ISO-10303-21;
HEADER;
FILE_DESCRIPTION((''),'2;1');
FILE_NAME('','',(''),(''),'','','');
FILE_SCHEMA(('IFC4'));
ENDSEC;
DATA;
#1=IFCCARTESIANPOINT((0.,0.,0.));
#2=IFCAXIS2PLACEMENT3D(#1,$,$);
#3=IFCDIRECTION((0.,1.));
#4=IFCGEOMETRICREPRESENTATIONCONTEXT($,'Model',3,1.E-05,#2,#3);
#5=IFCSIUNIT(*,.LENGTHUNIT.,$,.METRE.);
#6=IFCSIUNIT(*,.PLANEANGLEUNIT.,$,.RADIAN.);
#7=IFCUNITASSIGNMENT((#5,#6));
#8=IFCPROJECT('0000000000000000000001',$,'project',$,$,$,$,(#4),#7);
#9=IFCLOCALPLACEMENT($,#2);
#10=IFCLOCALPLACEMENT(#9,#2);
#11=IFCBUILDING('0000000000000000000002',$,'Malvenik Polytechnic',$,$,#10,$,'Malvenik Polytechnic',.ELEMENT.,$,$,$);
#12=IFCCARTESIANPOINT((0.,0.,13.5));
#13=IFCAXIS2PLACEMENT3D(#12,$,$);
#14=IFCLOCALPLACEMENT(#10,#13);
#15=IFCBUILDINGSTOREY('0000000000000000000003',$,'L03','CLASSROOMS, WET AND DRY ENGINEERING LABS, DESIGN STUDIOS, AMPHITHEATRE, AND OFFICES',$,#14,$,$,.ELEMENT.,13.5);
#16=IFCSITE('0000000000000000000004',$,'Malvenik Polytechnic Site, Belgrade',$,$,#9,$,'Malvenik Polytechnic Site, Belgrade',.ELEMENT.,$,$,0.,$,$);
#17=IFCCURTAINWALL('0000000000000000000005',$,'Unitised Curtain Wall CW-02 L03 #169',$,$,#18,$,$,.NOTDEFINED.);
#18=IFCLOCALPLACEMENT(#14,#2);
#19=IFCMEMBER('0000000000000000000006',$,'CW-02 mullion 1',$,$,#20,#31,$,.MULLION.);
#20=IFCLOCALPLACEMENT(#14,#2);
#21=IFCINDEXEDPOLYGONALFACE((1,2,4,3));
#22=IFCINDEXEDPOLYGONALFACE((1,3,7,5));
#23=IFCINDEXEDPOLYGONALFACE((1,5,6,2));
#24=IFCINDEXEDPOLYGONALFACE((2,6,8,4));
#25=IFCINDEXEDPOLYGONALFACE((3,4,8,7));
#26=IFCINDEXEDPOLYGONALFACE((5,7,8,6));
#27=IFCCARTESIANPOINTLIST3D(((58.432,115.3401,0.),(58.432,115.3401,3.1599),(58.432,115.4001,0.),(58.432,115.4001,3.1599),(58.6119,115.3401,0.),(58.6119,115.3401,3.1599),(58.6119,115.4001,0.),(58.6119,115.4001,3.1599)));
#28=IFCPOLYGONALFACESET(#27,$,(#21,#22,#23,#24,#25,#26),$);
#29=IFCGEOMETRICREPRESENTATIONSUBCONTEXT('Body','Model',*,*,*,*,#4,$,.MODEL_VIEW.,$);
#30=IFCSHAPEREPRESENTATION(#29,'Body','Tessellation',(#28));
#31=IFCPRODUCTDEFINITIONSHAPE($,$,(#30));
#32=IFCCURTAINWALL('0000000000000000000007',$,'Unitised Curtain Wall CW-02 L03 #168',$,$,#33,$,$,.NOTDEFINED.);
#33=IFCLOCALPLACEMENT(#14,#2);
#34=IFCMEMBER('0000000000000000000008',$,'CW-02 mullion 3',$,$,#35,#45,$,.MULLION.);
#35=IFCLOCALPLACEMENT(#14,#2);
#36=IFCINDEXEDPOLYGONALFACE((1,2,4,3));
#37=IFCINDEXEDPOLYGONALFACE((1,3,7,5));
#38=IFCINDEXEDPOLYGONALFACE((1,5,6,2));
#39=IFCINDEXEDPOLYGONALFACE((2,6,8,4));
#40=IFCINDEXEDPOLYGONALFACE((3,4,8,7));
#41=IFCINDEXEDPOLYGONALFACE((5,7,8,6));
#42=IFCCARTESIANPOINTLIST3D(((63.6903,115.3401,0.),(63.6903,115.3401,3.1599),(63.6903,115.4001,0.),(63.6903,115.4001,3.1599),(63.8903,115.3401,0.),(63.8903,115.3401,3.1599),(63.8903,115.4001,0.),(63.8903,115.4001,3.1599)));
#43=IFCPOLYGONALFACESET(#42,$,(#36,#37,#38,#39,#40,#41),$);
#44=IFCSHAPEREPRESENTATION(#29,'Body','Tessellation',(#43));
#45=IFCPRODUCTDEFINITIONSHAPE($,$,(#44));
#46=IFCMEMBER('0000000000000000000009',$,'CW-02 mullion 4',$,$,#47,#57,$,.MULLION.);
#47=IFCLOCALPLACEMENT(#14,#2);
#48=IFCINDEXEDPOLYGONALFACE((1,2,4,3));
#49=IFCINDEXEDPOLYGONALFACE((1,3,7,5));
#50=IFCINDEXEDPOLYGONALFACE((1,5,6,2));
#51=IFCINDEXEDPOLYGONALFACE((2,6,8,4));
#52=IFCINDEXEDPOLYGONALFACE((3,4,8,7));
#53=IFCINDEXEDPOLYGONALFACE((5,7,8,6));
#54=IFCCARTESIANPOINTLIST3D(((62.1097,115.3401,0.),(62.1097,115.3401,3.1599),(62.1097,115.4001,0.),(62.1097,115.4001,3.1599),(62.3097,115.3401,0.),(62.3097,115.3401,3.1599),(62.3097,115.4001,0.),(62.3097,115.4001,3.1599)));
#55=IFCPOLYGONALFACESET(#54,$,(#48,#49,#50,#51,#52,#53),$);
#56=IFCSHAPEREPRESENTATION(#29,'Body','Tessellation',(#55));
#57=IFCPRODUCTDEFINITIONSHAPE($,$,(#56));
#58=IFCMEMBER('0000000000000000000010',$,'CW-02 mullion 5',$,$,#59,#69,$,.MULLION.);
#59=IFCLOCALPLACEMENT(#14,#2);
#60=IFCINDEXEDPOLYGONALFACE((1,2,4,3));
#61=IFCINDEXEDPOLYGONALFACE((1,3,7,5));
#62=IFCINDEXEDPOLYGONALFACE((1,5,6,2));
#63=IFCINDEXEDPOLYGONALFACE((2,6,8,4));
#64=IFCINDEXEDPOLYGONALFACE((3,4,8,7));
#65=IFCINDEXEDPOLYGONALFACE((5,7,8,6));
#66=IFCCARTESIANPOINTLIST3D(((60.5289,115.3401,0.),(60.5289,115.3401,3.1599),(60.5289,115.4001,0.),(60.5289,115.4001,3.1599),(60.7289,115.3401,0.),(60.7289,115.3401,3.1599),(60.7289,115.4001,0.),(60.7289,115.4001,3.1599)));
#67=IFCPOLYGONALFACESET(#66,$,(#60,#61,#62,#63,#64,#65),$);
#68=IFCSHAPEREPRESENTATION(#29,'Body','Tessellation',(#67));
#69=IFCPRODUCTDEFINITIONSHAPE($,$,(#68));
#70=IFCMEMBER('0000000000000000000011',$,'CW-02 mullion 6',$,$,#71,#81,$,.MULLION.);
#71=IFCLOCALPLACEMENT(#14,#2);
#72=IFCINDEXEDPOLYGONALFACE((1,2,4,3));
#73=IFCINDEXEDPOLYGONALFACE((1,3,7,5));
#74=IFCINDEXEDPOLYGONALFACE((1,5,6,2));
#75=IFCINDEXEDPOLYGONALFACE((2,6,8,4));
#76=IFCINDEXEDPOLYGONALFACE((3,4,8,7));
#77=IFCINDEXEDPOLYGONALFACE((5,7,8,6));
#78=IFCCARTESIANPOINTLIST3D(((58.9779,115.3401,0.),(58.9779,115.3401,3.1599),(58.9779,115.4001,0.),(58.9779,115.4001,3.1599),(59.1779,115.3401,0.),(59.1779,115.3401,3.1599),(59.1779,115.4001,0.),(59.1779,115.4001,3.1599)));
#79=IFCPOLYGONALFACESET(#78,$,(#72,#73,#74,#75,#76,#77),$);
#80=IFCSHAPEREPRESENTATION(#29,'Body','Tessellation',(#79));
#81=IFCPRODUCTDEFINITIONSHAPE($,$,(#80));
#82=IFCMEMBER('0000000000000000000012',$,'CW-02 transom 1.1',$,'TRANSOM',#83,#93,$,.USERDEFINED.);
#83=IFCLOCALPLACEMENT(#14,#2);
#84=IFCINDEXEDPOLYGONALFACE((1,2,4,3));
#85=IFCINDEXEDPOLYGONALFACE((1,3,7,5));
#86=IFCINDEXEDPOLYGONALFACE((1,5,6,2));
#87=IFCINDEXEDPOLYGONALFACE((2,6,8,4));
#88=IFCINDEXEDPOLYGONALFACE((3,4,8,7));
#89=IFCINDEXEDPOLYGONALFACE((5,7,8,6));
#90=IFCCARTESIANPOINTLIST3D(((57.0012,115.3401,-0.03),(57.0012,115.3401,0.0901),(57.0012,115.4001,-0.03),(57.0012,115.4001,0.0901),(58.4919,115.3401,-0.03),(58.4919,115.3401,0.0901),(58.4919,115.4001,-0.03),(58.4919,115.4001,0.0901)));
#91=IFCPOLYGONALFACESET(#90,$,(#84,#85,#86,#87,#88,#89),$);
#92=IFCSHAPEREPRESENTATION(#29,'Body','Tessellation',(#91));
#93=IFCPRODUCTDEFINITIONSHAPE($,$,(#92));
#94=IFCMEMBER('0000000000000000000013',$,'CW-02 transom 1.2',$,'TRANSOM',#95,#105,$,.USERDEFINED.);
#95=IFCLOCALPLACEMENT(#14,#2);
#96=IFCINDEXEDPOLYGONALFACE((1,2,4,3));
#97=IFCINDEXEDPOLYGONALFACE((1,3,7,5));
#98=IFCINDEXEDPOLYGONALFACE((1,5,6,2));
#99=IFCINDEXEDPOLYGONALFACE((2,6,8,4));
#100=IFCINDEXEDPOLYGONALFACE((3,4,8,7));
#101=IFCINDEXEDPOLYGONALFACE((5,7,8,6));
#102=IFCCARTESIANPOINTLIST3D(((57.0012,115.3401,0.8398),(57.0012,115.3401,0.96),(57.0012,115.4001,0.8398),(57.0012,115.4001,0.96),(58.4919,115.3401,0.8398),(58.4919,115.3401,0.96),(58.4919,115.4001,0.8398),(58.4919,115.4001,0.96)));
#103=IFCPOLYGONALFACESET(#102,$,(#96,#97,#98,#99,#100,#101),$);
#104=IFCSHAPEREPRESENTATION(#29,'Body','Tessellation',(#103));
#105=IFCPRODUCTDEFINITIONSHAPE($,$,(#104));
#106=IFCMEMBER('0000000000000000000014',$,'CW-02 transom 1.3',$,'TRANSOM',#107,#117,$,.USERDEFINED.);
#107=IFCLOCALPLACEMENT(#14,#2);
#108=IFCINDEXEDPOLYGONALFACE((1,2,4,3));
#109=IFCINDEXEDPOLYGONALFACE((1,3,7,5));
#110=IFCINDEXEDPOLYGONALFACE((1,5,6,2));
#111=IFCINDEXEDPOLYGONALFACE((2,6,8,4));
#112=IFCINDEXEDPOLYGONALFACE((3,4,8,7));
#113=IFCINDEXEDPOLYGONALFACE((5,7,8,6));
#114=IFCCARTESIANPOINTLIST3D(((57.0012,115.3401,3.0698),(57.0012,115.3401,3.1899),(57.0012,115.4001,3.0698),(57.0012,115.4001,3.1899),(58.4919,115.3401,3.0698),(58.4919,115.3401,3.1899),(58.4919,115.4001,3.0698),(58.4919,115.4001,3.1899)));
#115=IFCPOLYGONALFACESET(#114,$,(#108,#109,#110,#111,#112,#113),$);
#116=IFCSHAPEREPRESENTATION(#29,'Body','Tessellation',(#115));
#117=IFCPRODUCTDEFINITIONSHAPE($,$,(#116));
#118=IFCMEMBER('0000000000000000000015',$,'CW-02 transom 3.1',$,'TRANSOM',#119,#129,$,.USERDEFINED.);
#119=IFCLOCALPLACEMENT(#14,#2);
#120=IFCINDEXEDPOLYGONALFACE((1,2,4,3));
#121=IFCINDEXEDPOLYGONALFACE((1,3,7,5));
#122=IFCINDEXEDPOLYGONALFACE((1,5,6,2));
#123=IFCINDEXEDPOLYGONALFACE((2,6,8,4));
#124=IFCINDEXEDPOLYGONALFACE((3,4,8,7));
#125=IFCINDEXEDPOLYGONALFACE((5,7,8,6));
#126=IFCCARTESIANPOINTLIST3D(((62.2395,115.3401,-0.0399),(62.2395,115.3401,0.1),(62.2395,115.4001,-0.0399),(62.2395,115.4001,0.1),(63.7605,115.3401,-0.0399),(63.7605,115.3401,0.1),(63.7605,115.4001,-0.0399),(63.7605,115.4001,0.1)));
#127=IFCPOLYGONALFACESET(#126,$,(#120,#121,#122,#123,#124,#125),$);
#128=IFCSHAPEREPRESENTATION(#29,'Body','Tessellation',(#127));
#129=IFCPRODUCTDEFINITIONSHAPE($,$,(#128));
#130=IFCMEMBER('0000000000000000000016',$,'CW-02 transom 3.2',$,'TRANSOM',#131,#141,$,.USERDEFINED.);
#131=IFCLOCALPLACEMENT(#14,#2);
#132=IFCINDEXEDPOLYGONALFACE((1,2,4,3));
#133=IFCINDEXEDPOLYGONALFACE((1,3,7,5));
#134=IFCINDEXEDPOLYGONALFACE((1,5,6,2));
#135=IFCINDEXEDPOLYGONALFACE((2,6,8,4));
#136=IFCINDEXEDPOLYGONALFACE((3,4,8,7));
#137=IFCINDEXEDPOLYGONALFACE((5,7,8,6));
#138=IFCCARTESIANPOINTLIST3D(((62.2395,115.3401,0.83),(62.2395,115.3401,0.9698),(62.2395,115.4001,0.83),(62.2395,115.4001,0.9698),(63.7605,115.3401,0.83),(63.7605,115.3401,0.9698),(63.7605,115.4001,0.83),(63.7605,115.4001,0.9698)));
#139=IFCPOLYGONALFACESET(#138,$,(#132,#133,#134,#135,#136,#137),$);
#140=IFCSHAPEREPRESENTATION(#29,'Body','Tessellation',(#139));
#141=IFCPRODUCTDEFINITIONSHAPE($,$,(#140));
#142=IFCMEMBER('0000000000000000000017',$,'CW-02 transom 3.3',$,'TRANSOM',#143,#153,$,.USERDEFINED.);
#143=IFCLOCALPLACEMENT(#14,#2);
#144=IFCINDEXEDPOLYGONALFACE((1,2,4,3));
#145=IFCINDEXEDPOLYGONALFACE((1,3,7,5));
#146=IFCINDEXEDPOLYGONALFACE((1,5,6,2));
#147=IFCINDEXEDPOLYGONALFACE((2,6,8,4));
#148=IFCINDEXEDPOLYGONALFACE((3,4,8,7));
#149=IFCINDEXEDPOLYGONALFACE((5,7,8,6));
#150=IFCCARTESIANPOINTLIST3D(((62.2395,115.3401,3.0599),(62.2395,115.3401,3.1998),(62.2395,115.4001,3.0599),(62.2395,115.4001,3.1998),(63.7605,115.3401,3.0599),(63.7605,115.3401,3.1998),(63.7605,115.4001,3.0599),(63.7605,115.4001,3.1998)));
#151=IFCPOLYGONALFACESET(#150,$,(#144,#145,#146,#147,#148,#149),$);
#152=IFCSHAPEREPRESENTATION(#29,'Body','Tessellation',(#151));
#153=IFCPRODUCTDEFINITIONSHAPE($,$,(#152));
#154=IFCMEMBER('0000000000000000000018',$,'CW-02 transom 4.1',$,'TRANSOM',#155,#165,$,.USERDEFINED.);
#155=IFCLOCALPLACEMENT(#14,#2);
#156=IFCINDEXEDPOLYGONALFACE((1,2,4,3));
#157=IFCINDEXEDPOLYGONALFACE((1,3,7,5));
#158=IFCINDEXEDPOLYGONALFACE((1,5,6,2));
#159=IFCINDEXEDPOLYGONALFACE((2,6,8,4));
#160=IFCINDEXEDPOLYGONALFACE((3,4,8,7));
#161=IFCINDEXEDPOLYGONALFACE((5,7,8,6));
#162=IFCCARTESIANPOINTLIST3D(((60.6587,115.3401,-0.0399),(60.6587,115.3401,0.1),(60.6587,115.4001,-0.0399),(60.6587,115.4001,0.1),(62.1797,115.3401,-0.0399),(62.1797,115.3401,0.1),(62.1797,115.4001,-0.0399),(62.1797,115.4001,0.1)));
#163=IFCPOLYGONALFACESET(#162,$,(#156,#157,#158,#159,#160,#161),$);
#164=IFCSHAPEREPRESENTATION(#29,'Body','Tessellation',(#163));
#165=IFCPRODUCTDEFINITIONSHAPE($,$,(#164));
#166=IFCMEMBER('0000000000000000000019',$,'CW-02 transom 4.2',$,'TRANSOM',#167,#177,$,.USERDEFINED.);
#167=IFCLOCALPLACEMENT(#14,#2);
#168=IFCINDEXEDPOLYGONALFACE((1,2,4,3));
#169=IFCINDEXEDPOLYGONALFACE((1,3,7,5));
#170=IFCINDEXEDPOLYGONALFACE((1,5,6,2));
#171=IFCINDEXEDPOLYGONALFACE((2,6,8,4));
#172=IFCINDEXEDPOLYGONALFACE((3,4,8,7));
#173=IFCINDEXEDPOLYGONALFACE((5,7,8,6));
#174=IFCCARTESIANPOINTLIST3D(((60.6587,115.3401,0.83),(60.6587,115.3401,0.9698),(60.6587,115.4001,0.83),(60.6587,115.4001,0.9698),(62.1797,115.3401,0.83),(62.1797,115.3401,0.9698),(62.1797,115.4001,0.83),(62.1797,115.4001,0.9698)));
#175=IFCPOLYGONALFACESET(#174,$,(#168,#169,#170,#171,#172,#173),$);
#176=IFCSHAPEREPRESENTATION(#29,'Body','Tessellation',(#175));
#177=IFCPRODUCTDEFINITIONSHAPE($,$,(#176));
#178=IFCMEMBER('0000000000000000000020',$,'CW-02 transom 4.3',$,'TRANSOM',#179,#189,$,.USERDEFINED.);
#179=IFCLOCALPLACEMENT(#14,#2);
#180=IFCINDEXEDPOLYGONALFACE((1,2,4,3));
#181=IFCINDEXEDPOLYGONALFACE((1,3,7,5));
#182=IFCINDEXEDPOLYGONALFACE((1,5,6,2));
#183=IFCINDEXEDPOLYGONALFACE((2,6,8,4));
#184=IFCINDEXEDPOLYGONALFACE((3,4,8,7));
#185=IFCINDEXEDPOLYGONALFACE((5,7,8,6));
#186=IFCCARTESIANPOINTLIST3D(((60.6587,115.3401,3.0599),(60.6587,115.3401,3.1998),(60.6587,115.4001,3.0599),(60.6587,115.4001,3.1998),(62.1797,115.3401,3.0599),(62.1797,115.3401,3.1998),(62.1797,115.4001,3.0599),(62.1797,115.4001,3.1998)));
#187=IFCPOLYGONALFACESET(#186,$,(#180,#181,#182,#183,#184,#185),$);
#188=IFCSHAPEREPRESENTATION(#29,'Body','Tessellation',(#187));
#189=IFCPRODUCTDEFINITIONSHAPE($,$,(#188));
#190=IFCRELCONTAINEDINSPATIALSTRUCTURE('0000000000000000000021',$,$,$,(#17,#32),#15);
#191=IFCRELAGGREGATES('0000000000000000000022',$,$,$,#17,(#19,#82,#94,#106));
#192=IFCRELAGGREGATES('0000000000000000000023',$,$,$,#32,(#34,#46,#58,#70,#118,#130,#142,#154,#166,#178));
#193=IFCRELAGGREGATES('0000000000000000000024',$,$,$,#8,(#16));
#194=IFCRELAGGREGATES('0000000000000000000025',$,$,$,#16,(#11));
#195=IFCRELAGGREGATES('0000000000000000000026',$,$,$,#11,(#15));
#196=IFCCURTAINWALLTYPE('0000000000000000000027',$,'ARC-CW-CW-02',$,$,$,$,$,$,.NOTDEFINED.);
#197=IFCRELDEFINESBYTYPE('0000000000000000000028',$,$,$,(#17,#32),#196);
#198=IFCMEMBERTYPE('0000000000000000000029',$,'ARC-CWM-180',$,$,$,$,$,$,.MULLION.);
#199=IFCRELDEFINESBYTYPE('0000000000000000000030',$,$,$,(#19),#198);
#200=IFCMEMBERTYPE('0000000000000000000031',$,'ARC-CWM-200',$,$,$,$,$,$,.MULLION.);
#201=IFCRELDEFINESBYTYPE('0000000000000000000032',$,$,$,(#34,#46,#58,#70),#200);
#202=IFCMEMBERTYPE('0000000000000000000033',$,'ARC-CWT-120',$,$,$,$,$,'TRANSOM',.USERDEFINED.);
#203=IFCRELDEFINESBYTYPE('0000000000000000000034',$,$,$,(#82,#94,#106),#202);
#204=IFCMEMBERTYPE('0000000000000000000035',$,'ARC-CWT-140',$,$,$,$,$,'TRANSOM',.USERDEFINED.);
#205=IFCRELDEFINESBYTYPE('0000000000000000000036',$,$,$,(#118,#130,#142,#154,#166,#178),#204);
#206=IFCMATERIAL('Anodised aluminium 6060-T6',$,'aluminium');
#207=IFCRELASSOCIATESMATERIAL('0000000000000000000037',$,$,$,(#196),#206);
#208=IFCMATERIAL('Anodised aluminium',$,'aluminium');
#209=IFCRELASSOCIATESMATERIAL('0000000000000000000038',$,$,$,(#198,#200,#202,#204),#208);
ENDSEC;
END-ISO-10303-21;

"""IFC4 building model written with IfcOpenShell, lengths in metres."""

from ifc_helpers import new_model, si_unit, direction, frame, origin, origin_2d, place, context, subcontext, project, spatial, rectangle, extrude, material, material_profile, profile_set, type_object, element, aggregate, save


model = new_model("IFC4")

# Units and contexts
model_context = context("Model", 3, precision=1e-05, world=origin(), true_north=direction((0.0, 1.0)))
body_context = subcontext(model_context, "Body", "Model", "MODEL_VIEW")
ifc_project = project(units=[si_unit("LENGTHUNIT", "METRE"), si_unit("PLANEANGLEUNIT", "RADIAN")], contexts=[model_context])

# Site, building, storey
site_placement = place(None, origin())
site = spatial("IfcSite", under=ifc_project, at=site_placement, Name="Malvenik Polytechnic Site, Belgrade", LongName="Malvenik Polytechnic Site, Belgrade", CompositionType="ELEMENT", RefElevation=0.0)
building_placement = place(site_placement, origin())
building = spatial("IfcBuilding", under=site, at=building_placement, Name="Malvenik Polytechnic", LongName="Malvenik Polytechnic", CompositionType="ELEMENT")
storey_placement = place(building_placement, frame((0.0, 0.0, 13.5)))
storey = spatial("IfcBuildingStorey", under=building, at=storey_placement, Name="L03", Description="CLASSROOMS, WET AND DRY ENGINEERING LABS, DESIGN STUDIOS, AMPHITHEATRE, AND OFFICES", CompositionType="ELEMENT", Elevation=13.5)

# Curtain wall, member
ifc_material_1 = material(Name="Anodised aluminium 6060-T6", Category="aluminium")
curtain_wall_type = type_object("IfcCurtainWallType", Name="ARC-CW-CW-02", PredefinedType="NOTDEFINED", material=ifc_material_1)
curtain_wall_1_placement = place(storey_placement, origin())
curtain_wall_1 = element("IfcCurtainWall", 1, at=curtain_wall_1_placement, inside=storey, type_object=curtain_wall_type, Name="Unitised Curtain Wall CW-02 L03 #169", PredefinedType="NOTDEFINED")
ifc_material_2 = material(Name="Anodised aluminium", Category="aluminium")
ifc_material_profile_1 = material_profile(ifc_material_2, rectangle(XDim=0.0601, YDim=0.1799, at=origin_2d()), Name="ALU MULLION 60x180")
ifc_profile_set_1 = profile_set([ifc_material_profile_1], Name="Anodised aluminium")
member_type_1 = type_object("IfcMemberType", Name="ARC-CWM-180", PredefinedType="MULLION", material=ifc_profile_set_1)
member_1_placement = place(storey_placement, frame((58.522, 115.3701, 0.0), z_axis=(0.0, 0.0, 1.0), x_axis=(0.0, -1.0, 0.0)))
member_1 = element("IfcMember", 2, at=member_1_placement, type_object=member_type_1, Name="CW-02 mullion 1", PredefinedType="MULLION", context=body_context, shape_type="SweptSolid", body=[
    extrude(rectangle(XDim=0.0601, YDim=0.1799, at=origin_2d()), origin(), (0.0, 0.0, 1.0), 3.1599),
])

# Curtain wall, members
curtain_wall_2_placement = place(storey_placement, origin())
curtain_wall_2 = element("IfcCurtainWall", 3, at=curtain_wall_2_placement, inside=storey, type_object=curtain_wall_type, Name="Unitised Curtain Wall CW-02 L03 #168", PredefinedType="NOTDEFINED")
ifc_material_profile_2 = material_profile(ifc_material_2, rectangle(XDim=0.0601, YDim=0.2, at=origin_2d()), Name="ALU MULLION 60x200")
ifc_profile_set_2 = profile_set([ifc_material_profile_2], Name="Anodised aluminium")
member_type_2 = type_object("IfcMemberType", Name="ARC-CWM-200", PredefinedType="MULLION", material=ifc_profile_set_2)
member_2_placement = place(storey_placement, frame((63.7903, 115.3701, 0.0), z_axis=(0.0, 0.0, 1.0), x_axis=(0.0, -1.0, 0.0)))
member_2 = element("IfcMember", 4, at=member_2_placement, type_object=member_type_2, Name="CW-02 mullion 3", PredefinedType="MULLION", context=body_context, shape_type="SweptSolid", body=[
    extrude(rectangle(XDim=0.0601, YDim=0.2, at=origin_2d()), origin(), (0.0, 0.0, 1.0), 3.1599),
])
member_3_placement = place(storey_placement, frame((62.2097, 115.3701, 0.0), z_axis=(0.0, 0.0, 1.0), x_axis=(0.0, -1.0, 0.0)))
member_3 = element("IfcMember", 5, at=member_3_placement, type_object=member_type_2, Name="CW-02 mullion 4", PredefinedType="MULLION", context=body_context, shape_type="SweptSolid", body=[
    extrude(rectangle(XDim=0.0601, YDim=0.2, at=origin_2d()), origin(), (0.0, 0.0, 1.0), 3.1599),
])
member_4_placement = place(storey_placement, frame((60.6289, 115.3701, 0.0), z_axis=(0.0, 0.0, 1.0), x_axis=(0.0, -1.0, 0.0)))
member_4 = element("IfcMember", 6, at=member_4_placement, type_object=member_type_2, Name="CW-02 mullion 5", PredefinedType="MULLION", context=body_context, shape_type="SweptSolid", body=[
    extrude(rectangle(XDim=0.0601, YDim=0.2, at=origin_2d()), origin(), (0.0, 0.0, 1.0), 3.1599),
])
member_5_placement = place(storey_placement, frame((59.0779, 115.3701, 0.0), z_axis=(0.0, 0.0, 1.0), x_axis=(0.0, -1.0, 0.0)))
member_5 = element("IfcMember", 7, at=member_5_placement, type_object=member_type_2, Name="CW-02 mullion 6", PredefinedType="MULLION", context=body_context, shape_type="SweptSolid", body=[
    extrude(rectangle(XDim=0.0601, YDim=0.2, at=origin_2d()), origin(), (0.0, 0.0, 1.0), 3.1599),
])

# Members
ifc_material_profile_3 = material_profile(ifc_material_2, rectangle(XDim=0.0601, YDim=0.1201, at=origin_2d()), Name="ALU TRANSOM 60x120")
ifc_profile_set_3 = profile_set([ifc_material_profile_3], Name="Anodised aluminium")
member_type_3 = type_object("IfcMemberType", Name="ARC-CWT-120", ElementType="TRANSOM", PredefinedType="USERDEFINED", material=ifc_profile_set_3)
member_6_placement = place(storey_placement, frame((58.4919, 115.3701, 0.03), z_axis=(-1.0, 0.0, 0.0), x_axis=(0.0, -1.0, 0.0)))
member_6 = element("IfcMember", 8, at=member_6_placement, type_object=member_type_3, Name="CW-02 transom 1.1", ObjectType="TRANSOM", PredefinedType="USERDEFINED", context=body_context, shape_type="SweptSolid", body=[
    extrude(rectangle(XDim=0.0601, YDim=0.1201, at=origin_2d()), origin(), (0.0, 0.0, 1.0), 1.4907),
])
member_7_placement = place(storey_placement, frame((58.4919, 115.3701, 0.8999), z_axis=(-1.0, 0.0, 0.0), x_axis=(0.0, -1.0, 0.0)))
member_7 = element("IfcMember", 9, at=member_7_placement, type_object=member_type_3, Name="CW-02 transom 1.2", ObjectType="TRANSOM", PredefinedType="USERDEFINED", context=body_context, shape_type="SweptSolid", body=[
    extrude(rectangle(XDim=0.0601, YDim=0.1201, at=origin_2d()), origin(), (0.0, 0.0, 1.0), 1.4907),
])
member_8_placement = place(storey_placement, frame((58.4919, 115.3701, 3.1299), z_axis=(-1.0, 0.0, 0.0), x_axis=(0.0, -1.0, 0.0)))
member_8 = element("IfcMember", 10, at=member_8_placement, type_object=member_type_3, Name="CW-02 transom 1.3", ObjectType="TRANSOM", PredefinedType="USERDEFINED", context=body_context, shape_type="SweptSolid", body=[
    extrude(rectangle(XDim=0.0601, YDim=0.1201, at=origin_2d()), origin(), (0.0, 0.0, 1.0), 1.4907),
])
ifc_material_profile_4 = material_profile(ifc_material_2, rectangle(XDim=0.0601, YDim=0.1399, at=origin_2d()), Name="ALU TRANSOM 60x140")
ifc_profile_set_4 = profile_set([ifc_material_profile_4], Name="Anodised aluminium")
member_type_4 = type_object("IfcMemberType", Name="ARC-CWT-140", ElementType="TRANSOM", PredefinedType="USERDEFINED", material=ifc_profile_set_4)
member_9_placement = place(storey_placement, frame((63.7605, 115.3701, 0.03), z_axis=(-1.0, 0.0, 0.0), x_axis=(0.0, -1.0, 0.0)))
member_9 = element("IfcMember", 11, at=member_9_placement, type_object=member_type_4, Name="CW-02 transom 3.1", ObjectType="TRANSOM", PredefinedType="USERDEFINED", context=body_context, shape_type="SweptSolid", body=[
    extrude(rectangle(XDim=0.0601, YDim=0.1399, at=origin_2d()), origin(), (0.0, 0.0, 1.0), 1.521),
])
member_10_placement = place(storey_placement, frame((63.7605, 115.3701, 0.8999), z_axis=(-1.0, 0.0, 0.0), x_axis=(0.0, -1.0, 0.0)))
member_10 = element("IfcMember", 12, at=member_10_placement, type_object=member_type_4, Name="CW-02 transom 3.2", ObjectType="TRANSOM", PredefinedType="USERDEFINED", context=body_context, shape_type="SweptSolid", body=[
    extrude(rectangle(XDim=0.0601, YDim=0.1399, at=origin_2d()), origin(), (0.0, 0.0, 1.0), 1.521),
])
member_11_placement = place(storey_placement, frame((63.7605, 115.3701, 3.1299), z_axis=(-1.0, 0.0, 0.0), x_axis=(0.0, -1.0, 0.0)))
member_11 = element("IfcMember", 13, at=member_11_placement, type_object=member_type_4, Name="CW-02 transom 3.3", ObjectType="TRANSOM", PredefinedType="USERDEFINED", context=body_context, shape_type="SweptSolid", body=[
    extrude(rectangle(XDim=0.0601, YDim=0.1399, at=origin_2d()), origin(), (0.0, 0.0, 1.0), 1.521),
])
member_12_placement = place(storey_placement, frame((62.1797, 115.3701, 0.03), z_axis=(-1.0, 0.0, 0.0), x_axis=(0.0, -1.0, 0.0)))
member_12 = element("IfcMember", 14, at=member_12_placement, type_object=member_type_4, Name="CW-02 transom 4.1", ObjectType="TRANSOM", PredefinedType="USERDEFINED", context=body_context, shape_type="SweptSolid", body=[
    extrude(rectangle(XDim=0.0601, YDim=0.1399, at=origin_2d()), origin(), (0.0, 0.0, 1.0), 1.521),
])
member_13_placement = place(storey_placement, frame((62.1797, 115.3701, 0.8999), z_axis=(-1.0, 0.0, 0.0), x_axis=(0.0, -1.0, 0.0)))
member_13 = element("IfcMember", 15, at=member_13_placement, type_object=member_type_4, Name="CW-02 transom 4.2", ObjectType="TRANSOM", PredefinedType="USERDEFINED", context=body_context, shape_type="SweptSolid", body=[
    extrude(rectangle(XDim=0.0601, YDim=0.1399, at=origin_2d()), origin(), (0.0, 0.0, 1.0), 1.521),
])
member_14_placement = place(storey_placement, frame((62.1797, 115.3701, 3.1299), z_axis=(-1.0, 0.0, 0.0), x_axis=(0.0, -1.0, 0.0)))
member_14 = element("IfcMember", 16, at=member_14_placement, type_object=member_type_4, Name="CW-02 transom 4.3", ObjectType="TRANSOM", PredefinedType="USERDEFINED", context=body_context, shape_type="SweptSolid", body=[
    extrude(rectangle(XDim=0.0601, YDim=0.1399, at=origin_2d()), origin(), (0.0, 0.0, 1.0), 1.521),
])

aggregate(curtain_wall_1, [member_1, member_6, member_7, member_8])
aggregate(curtain_wall_2, [member_2, member_3, member_4, member_5, member_9, member_10, member_11, member_12, member_13, member_14])

save(model, "model.ifc")
